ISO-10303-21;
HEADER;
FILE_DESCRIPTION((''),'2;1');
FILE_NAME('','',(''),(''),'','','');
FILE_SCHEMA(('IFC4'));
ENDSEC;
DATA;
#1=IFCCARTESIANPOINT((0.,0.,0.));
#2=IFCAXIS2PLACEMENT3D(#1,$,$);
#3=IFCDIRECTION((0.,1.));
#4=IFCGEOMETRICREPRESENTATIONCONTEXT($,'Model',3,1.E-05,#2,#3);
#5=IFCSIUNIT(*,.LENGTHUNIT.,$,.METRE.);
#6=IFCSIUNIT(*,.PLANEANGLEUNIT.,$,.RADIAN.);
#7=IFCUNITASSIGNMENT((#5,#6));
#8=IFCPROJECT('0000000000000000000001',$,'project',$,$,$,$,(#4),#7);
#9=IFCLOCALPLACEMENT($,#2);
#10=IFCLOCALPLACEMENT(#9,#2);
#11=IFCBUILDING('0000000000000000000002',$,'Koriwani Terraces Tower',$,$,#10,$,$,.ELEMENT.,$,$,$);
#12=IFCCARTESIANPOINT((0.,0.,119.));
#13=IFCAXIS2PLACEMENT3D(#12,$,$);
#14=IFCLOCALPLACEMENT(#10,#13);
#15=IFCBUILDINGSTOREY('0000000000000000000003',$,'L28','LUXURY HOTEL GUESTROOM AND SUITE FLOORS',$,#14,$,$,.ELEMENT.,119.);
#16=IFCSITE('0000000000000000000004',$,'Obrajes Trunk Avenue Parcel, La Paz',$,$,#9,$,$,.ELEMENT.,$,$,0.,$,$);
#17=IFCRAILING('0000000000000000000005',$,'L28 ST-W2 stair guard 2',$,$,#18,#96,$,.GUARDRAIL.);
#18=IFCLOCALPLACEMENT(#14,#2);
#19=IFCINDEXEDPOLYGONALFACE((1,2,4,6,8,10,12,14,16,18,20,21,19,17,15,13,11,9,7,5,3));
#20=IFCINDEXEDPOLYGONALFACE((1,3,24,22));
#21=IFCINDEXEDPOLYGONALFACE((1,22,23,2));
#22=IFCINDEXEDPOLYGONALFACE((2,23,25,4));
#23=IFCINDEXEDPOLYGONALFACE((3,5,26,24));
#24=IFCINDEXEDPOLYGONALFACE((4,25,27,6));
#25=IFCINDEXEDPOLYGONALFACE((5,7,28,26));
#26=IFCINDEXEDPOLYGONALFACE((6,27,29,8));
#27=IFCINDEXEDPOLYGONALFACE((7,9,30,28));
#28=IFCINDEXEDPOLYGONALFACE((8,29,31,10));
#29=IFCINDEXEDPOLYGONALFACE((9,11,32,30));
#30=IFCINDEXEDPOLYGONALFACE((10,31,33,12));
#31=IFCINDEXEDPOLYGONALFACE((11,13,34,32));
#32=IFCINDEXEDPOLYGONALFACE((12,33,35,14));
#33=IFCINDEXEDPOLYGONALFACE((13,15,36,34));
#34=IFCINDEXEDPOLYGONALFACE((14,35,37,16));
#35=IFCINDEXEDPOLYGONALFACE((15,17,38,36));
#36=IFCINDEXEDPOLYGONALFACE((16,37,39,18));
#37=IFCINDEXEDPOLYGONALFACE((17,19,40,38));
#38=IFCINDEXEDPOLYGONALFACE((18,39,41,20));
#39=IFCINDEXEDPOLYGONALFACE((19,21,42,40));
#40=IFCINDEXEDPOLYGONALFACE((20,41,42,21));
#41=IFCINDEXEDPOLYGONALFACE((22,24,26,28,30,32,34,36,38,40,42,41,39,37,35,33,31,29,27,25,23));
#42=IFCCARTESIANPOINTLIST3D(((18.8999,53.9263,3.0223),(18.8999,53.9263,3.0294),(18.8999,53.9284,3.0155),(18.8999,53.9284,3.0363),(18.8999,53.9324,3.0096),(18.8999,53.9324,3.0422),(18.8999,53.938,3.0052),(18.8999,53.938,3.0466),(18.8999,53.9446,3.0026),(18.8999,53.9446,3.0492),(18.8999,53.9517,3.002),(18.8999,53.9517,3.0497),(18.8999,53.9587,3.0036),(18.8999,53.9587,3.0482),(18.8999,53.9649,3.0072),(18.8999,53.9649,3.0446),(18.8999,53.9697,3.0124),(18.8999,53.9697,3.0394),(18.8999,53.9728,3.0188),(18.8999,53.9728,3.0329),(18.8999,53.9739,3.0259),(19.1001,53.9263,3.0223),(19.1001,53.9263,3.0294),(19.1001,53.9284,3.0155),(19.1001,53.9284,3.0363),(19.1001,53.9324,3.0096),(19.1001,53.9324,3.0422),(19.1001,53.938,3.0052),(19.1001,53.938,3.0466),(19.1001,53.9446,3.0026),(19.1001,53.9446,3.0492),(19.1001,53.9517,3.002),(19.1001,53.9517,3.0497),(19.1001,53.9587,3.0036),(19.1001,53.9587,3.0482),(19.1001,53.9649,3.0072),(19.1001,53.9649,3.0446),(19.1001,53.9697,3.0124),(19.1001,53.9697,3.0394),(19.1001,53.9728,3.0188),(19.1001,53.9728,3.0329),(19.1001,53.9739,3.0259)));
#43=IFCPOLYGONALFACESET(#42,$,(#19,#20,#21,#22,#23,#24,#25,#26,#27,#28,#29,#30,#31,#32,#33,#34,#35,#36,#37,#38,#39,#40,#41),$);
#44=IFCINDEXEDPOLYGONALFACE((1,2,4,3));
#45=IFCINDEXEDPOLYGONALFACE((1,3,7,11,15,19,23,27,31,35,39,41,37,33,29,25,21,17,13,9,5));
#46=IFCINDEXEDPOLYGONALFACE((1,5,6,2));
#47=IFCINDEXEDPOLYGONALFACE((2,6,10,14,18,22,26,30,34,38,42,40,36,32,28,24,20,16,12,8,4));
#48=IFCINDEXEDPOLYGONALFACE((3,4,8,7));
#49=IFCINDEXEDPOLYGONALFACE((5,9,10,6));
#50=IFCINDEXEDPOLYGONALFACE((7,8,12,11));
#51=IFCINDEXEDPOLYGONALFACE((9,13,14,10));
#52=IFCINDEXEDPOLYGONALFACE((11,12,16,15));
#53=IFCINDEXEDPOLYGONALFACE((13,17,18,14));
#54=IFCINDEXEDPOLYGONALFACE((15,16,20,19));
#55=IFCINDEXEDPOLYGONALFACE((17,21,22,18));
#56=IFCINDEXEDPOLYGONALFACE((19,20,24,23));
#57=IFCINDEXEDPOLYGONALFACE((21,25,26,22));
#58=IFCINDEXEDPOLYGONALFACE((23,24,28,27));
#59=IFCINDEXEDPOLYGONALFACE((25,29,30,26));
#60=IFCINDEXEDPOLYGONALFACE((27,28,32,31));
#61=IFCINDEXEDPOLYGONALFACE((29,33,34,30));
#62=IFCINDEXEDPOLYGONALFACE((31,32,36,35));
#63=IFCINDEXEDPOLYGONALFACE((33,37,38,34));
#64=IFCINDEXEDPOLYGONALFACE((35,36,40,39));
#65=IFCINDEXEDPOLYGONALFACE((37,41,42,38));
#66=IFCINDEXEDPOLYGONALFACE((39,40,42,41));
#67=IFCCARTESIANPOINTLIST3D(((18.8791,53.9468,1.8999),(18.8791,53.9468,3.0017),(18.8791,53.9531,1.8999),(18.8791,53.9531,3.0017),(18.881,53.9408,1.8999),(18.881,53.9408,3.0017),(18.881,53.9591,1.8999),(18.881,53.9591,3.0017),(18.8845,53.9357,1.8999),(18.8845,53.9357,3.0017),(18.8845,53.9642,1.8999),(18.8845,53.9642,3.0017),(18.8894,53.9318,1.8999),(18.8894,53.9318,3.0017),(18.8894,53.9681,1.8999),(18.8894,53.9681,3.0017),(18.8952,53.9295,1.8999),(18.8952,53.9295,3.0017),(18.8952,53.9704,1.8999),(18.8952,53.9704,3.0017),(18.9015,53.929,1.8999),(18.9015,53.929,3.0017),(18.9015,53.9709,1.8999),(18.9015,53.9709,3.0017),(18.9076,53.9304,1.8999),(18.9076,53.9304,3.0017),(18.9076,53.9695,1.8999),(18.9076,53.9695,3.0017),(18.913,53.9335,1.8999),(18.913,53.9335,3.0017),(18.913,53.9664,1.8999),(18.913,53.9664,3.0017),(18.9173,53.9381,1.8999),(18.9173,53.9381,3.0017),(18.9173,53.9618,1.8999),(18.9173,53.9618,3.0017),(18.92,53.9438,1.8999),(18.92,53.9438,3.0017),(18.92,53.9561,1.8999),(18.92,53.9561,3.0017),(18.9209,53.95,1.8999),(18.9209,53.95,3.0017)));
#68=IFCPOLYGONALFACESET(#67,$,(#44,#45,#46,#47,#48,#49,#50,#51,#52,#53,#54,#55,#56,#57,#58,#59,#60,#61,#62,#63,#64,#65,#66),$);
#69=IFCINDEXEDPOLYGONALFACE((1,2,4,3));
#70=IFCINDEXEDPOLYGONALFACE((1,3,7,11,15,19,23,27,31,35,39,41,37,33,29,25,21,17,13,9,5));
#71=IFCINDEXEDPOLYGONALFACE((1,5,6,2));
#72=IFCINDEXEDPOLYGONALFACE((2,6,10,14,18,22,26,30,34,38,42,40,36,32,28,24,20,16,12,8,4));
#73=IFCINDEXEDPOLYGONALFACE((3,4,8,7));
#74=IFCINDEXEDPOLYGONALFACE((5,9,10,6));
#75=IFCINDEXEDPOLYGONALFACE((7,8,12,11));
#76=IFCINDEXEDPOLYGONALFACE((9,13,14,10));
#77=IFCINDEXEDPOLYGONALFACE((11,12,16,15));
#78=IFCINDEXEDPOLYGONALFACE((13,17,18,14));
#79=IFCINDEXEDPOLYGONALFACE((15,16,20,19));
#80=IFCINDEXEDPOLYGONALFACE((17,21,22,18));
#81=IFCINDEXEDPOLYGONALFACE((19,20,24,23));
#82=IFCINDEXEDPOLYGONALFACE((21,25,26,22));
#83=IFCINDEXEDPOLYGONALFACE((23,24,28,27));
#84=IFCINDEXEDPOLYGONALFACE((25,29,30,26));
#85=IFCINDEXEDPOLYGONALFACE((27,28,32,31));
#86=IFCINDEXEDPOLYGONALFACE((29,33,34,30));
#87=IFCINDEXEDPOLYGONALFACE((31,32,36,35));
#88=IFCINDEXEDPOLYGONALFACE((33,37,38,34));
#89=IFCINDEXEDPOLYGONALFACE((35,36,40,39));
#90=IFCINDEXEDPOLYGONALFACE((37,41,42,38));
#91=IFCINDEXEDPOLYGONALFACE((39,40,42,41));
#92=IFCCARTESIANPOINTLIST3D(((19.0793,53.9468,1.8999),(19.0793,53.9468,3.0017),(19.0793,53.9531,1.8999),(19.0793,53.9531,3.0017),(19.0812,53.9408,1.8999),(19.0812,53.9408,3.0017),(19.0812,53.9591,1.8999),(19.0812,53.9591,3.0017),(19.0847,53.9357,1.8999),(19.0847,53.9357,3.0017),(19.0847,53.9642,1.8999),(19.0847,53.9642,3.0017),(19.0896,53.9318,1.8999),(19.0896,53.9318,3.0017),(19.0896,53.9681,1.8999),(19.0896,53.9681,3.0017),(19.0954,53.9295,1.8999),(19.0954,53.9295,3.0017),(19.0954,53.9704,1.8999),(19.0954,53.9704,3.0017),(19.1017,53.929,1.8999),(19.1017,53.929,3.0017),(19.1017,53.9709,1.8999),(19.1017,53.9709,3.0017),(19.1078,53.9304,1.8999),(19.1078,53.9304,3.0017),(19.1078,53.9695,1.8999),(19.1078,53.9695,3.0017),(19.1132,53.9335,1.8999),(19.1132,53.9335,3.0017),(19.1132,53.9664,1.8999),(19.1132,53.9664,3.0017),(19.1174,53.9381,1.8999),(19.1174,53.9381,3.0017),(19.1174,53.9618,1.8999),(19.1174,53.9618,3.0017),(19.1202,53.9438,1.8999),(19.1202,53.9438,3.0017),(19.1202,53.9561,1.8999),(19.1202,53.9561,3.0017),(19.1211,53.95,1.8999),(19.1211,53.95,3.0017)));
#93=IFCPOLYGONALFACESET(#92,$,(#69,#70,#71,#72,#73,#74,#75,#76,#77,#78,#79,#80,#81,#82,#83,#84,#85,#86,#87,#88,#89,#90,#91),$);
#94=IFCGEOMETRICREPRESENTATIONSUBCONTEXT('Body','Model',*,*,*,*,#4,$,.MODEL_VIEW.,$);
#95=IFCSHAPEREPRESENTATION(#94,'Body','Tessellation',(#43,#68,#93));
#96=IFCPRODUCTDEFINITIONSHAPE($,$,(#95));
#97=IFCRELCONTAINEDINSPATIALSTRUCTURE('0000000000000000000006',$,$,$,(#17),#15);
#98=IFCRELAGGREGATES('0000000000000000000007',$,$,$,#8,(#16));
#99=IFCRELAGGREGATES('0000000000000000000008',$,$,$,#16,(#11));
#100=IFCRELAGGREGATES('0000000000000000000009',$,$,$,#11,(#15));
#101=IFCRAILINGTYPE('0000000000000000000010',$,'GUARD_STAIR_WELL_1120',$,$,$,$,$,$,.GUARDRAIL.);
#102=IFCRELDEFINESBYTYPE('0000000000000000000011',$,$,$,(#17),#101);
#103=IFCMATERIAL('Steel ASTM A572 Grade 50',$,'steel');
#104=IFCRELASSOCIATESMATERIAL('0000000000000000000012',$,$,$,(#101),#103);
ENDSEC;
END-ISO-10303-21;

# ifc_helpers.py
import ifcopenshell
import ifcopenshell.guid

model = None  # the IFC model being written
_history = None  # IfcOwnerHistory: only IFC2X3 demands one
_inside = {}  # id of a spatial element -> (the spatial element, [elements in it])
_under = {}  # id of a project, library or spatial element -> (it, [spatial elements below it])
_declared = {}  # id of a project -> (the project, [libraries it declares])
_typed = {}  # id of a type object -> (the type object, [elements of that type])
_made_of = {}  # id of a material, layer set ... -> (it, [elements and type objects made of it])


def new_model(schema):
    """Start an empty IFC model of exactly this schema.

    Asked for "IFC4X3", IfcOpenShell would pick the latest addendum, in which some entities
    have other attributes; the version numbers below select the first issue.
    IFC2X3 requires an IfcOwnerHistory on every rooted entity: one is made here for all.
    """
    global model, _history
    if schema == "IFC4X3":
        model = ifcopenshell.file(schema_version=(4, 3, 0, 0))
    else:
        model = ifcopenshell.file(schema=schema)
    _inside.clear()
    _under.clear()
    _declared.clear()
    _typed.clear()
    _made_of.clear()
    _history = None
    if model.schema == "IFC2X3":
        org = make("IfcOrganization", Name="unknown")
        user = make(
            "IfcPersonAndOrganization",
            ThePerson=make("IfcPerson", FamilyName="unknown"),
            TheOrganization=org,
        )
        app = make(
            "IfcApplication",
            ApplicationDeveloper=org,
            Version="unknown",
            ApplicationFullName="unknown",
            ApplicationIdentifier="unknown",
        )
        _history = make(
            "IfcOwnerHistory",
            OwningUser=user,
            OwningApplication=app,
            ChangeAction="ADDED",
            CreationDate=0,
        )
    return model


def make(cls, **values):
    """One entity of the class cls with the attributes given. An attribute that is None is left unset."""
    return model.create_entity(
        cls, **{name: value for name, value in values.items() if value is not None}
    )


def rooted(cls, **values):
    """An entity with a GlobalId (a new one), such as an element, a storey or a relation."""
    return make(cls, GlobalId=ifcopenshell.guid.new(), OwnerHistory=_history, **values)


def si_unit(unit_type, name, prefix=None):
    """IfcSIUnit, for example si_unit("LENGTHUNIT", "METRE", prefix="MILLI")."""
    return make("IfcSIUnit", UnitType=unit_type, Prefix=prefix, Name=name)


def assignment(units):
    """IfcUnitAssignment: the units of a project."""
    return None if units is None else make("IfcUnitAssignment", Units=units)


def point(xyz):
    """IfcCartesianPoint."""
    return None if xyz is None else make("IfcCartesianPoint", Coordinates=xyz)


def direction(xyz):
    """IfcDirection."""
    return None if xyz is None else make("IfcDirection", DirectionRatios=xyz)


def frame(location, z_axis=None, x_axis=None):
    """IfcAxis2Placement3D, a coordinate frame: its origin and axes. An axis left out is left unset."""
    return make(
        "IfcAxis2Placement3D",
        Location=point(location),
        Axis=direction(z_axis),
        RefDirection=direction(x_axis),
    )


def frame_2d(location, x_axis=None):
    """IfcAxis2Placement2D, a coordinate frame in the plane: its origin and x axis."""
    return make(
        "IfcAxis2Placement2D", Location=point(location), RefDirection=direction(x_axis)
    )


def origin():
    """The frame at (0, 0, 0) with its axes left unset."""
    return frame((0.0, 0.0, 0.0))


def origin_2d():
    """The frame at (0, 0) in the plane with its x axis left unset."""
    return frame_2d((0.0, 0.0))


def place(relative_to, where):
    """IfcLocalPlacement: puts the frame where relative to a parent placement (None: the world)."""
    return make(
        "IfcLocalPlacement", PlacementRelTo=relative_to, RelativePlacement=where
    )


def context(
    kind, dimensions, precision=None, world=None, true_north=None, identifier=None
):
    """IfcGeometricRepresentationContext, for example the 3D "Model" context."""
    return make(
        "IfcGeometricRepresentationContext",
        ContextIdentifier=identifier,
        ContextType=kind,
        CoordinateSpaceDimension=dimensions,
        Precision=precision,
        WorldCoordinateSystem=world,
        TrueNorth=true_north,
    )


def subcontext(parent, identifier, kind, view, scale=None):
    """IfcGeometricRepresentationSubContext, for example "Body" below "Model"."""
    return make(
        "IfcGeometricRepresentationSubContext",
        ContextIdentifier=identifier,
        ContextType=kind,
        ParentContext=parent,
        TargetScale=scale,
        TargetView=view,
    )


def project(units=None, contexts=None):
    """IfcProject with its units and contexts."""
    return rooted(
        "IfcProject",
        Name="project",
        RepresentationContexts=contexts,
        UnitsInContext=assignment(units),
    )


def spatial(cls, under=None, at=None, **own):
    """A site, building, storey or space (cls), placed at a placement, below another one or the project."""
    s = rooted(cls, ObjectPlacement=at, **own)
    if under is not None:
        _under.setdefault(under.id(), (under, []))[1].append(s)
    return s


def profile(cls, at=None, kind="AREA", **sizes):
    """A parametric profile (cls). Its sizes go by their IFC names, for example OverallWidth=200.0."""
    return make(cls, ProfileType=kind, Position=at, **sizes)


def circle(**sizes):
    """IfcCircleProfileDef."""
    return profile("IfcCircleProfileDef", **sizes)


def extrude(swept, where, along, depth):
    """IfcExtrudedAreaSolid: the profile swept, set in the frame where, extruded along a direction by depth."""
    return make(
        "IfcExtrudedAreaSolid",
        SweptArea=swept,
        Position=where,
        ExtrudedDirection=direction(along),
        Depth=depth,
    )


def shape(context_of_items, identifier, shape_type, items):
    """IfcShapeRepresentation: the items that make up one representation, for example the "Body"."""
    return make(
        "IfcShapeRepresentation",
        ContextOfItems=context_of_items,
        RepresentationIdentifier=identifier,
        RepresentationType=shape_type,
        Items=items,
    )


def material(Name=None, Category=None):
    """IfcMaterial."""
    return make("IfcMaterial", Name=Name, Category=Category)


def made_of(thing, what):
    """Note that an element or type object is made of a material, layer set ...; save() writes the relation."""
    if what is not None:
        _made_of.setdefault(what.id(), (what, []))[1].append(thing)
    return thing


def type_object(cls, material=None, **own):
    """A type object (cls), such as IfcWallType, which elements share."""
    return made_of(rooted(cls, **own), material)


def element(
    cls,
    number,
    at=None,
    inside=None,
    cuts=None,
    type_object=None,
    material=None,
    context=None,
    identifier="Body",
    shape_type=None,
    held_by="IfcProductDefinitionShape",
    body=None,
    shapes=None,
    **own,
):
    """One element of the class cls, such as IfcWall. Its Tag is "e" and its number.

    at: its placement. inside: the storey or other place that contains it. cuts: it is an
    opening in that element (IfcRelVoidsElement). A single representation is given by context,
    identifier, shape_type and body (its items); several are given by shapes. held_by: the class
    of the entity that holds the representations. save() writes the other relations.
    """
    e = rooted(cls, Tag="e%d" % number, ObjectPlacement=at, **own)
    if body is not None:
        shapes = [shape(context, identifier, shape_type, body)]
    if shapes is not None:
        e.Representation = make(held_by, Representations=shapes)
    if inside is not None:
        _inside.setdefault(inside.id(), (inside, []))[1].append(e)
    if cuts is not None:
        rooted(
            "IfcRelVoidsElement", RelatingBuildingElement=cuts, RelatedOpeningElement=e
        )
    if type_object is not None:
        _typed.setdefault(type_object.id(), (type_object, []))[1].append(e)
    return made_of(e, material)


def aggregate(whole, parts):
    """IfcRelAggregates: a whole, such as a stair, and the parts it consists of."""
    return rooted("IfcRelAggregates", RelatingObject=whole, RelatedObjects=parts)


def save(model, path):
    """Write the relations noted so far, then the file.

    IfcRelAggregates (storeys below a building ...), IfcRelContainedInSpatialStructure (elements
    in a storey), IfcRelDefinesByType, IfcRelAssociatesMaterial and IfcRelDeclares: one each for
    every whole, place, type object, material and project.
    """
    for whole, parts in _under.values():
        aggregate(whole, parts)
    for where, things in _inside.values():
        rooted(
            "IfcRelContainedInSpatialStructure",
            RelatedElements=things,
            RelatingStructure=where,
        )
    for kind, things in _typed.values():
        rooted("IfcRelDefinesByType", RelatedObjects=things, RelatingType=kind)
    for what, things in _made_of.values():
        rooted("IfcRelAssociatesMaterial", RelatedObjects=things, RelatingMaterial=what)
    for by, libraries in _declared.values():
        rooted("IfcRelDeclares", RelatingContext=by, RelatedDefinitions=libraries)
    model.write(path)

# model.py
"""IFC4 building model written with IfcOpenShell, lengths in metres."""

from ifc_helpers import new_model, si_unit, direction, frame, origin, origin_2d, place, context, subcontext, project, spatial, circle, extrude, material, type_object, element, save


model = new_model("IFC4")

# Units and contexts
model_context = context("Model", 3, precision=1e-05, world=origin(), true_north=direction((0.0, 1.0)))
body_context = subcontext(model_context, "Body", "Model", "MODEL_VIEW")
ifc_project = project(units=[si_unit("LENGTHUNIT", "METRE"), si_unit("PLANEANGLEUNIT", "RADIAN")], contexts=[model_context])

# Site, building, storey
site_placement = place(None, origin())
site = spatial("IfcSite", under=ifc_project, at=site_placement, Name="Obrajes Trunk Avenue Parcel, La Paz", CompositionType="ELEMENT", RefElevation=0.0)
building_placement = place(site_placement, origin())
building = spatial("IfcBuilding", under=site, at=building_placement, Name="Koriwani Terraces Tower", CompositionType="ELEMENT")
storey_placement = place(building_placement, frame((0.0, 0.0, 119.0)))
storey = spatial("IfcBuildingStorey", under=building, at=storey_placement, Name="L28", Description="LUXURY HOTEL GUESTROOM AND SUITE FLOORS", CompositionType="ELEMENT", Elevation=119.0)

# Shared definitions
ifc_material_1 = material(Name="Steel ASTM A572 Grade 50", Category="steel")

# Railing
railing_type_1 = type_object("IfcRailingType", Name="GUARD_STAIR_WELL_1120", PredefinedType="GUARDRAIL", material=ifc_material_1)
railing_1_placement = place(storey_placement, frame((18.8999, 53.95, 1.8999)))
element("IfcRailing", 1, at=railing_1_placement, inside=storey, type_object=railing_type_1, Name="L28 ST-W2 stair guard 2", PredefinedType="GUARDRAIL", context=body_context, shape_type="SweptSolid", body=[
    extrude(circle(Radius=0.0239, at=origin_2d()), frame((0.0, 0.0, 1.126), z_axis=(1.0, 0.0, 0.0), x_axis=(0.0, 1.0, 0.0)), (0.0, 0.0, 1.0), 0.2002),
    extrude(circle(Radius=0.021, at=origin_2d()), origin(), (0.0, 0.0, 1.0), 1.1018),
    extrude(circle(Radius=0.021, at=origin_2d()), frame((0.2002, 0.0, 0.0)), (0.0, 0.0, 1.0), 1.1018),
])

save(model, "model.ifc")
